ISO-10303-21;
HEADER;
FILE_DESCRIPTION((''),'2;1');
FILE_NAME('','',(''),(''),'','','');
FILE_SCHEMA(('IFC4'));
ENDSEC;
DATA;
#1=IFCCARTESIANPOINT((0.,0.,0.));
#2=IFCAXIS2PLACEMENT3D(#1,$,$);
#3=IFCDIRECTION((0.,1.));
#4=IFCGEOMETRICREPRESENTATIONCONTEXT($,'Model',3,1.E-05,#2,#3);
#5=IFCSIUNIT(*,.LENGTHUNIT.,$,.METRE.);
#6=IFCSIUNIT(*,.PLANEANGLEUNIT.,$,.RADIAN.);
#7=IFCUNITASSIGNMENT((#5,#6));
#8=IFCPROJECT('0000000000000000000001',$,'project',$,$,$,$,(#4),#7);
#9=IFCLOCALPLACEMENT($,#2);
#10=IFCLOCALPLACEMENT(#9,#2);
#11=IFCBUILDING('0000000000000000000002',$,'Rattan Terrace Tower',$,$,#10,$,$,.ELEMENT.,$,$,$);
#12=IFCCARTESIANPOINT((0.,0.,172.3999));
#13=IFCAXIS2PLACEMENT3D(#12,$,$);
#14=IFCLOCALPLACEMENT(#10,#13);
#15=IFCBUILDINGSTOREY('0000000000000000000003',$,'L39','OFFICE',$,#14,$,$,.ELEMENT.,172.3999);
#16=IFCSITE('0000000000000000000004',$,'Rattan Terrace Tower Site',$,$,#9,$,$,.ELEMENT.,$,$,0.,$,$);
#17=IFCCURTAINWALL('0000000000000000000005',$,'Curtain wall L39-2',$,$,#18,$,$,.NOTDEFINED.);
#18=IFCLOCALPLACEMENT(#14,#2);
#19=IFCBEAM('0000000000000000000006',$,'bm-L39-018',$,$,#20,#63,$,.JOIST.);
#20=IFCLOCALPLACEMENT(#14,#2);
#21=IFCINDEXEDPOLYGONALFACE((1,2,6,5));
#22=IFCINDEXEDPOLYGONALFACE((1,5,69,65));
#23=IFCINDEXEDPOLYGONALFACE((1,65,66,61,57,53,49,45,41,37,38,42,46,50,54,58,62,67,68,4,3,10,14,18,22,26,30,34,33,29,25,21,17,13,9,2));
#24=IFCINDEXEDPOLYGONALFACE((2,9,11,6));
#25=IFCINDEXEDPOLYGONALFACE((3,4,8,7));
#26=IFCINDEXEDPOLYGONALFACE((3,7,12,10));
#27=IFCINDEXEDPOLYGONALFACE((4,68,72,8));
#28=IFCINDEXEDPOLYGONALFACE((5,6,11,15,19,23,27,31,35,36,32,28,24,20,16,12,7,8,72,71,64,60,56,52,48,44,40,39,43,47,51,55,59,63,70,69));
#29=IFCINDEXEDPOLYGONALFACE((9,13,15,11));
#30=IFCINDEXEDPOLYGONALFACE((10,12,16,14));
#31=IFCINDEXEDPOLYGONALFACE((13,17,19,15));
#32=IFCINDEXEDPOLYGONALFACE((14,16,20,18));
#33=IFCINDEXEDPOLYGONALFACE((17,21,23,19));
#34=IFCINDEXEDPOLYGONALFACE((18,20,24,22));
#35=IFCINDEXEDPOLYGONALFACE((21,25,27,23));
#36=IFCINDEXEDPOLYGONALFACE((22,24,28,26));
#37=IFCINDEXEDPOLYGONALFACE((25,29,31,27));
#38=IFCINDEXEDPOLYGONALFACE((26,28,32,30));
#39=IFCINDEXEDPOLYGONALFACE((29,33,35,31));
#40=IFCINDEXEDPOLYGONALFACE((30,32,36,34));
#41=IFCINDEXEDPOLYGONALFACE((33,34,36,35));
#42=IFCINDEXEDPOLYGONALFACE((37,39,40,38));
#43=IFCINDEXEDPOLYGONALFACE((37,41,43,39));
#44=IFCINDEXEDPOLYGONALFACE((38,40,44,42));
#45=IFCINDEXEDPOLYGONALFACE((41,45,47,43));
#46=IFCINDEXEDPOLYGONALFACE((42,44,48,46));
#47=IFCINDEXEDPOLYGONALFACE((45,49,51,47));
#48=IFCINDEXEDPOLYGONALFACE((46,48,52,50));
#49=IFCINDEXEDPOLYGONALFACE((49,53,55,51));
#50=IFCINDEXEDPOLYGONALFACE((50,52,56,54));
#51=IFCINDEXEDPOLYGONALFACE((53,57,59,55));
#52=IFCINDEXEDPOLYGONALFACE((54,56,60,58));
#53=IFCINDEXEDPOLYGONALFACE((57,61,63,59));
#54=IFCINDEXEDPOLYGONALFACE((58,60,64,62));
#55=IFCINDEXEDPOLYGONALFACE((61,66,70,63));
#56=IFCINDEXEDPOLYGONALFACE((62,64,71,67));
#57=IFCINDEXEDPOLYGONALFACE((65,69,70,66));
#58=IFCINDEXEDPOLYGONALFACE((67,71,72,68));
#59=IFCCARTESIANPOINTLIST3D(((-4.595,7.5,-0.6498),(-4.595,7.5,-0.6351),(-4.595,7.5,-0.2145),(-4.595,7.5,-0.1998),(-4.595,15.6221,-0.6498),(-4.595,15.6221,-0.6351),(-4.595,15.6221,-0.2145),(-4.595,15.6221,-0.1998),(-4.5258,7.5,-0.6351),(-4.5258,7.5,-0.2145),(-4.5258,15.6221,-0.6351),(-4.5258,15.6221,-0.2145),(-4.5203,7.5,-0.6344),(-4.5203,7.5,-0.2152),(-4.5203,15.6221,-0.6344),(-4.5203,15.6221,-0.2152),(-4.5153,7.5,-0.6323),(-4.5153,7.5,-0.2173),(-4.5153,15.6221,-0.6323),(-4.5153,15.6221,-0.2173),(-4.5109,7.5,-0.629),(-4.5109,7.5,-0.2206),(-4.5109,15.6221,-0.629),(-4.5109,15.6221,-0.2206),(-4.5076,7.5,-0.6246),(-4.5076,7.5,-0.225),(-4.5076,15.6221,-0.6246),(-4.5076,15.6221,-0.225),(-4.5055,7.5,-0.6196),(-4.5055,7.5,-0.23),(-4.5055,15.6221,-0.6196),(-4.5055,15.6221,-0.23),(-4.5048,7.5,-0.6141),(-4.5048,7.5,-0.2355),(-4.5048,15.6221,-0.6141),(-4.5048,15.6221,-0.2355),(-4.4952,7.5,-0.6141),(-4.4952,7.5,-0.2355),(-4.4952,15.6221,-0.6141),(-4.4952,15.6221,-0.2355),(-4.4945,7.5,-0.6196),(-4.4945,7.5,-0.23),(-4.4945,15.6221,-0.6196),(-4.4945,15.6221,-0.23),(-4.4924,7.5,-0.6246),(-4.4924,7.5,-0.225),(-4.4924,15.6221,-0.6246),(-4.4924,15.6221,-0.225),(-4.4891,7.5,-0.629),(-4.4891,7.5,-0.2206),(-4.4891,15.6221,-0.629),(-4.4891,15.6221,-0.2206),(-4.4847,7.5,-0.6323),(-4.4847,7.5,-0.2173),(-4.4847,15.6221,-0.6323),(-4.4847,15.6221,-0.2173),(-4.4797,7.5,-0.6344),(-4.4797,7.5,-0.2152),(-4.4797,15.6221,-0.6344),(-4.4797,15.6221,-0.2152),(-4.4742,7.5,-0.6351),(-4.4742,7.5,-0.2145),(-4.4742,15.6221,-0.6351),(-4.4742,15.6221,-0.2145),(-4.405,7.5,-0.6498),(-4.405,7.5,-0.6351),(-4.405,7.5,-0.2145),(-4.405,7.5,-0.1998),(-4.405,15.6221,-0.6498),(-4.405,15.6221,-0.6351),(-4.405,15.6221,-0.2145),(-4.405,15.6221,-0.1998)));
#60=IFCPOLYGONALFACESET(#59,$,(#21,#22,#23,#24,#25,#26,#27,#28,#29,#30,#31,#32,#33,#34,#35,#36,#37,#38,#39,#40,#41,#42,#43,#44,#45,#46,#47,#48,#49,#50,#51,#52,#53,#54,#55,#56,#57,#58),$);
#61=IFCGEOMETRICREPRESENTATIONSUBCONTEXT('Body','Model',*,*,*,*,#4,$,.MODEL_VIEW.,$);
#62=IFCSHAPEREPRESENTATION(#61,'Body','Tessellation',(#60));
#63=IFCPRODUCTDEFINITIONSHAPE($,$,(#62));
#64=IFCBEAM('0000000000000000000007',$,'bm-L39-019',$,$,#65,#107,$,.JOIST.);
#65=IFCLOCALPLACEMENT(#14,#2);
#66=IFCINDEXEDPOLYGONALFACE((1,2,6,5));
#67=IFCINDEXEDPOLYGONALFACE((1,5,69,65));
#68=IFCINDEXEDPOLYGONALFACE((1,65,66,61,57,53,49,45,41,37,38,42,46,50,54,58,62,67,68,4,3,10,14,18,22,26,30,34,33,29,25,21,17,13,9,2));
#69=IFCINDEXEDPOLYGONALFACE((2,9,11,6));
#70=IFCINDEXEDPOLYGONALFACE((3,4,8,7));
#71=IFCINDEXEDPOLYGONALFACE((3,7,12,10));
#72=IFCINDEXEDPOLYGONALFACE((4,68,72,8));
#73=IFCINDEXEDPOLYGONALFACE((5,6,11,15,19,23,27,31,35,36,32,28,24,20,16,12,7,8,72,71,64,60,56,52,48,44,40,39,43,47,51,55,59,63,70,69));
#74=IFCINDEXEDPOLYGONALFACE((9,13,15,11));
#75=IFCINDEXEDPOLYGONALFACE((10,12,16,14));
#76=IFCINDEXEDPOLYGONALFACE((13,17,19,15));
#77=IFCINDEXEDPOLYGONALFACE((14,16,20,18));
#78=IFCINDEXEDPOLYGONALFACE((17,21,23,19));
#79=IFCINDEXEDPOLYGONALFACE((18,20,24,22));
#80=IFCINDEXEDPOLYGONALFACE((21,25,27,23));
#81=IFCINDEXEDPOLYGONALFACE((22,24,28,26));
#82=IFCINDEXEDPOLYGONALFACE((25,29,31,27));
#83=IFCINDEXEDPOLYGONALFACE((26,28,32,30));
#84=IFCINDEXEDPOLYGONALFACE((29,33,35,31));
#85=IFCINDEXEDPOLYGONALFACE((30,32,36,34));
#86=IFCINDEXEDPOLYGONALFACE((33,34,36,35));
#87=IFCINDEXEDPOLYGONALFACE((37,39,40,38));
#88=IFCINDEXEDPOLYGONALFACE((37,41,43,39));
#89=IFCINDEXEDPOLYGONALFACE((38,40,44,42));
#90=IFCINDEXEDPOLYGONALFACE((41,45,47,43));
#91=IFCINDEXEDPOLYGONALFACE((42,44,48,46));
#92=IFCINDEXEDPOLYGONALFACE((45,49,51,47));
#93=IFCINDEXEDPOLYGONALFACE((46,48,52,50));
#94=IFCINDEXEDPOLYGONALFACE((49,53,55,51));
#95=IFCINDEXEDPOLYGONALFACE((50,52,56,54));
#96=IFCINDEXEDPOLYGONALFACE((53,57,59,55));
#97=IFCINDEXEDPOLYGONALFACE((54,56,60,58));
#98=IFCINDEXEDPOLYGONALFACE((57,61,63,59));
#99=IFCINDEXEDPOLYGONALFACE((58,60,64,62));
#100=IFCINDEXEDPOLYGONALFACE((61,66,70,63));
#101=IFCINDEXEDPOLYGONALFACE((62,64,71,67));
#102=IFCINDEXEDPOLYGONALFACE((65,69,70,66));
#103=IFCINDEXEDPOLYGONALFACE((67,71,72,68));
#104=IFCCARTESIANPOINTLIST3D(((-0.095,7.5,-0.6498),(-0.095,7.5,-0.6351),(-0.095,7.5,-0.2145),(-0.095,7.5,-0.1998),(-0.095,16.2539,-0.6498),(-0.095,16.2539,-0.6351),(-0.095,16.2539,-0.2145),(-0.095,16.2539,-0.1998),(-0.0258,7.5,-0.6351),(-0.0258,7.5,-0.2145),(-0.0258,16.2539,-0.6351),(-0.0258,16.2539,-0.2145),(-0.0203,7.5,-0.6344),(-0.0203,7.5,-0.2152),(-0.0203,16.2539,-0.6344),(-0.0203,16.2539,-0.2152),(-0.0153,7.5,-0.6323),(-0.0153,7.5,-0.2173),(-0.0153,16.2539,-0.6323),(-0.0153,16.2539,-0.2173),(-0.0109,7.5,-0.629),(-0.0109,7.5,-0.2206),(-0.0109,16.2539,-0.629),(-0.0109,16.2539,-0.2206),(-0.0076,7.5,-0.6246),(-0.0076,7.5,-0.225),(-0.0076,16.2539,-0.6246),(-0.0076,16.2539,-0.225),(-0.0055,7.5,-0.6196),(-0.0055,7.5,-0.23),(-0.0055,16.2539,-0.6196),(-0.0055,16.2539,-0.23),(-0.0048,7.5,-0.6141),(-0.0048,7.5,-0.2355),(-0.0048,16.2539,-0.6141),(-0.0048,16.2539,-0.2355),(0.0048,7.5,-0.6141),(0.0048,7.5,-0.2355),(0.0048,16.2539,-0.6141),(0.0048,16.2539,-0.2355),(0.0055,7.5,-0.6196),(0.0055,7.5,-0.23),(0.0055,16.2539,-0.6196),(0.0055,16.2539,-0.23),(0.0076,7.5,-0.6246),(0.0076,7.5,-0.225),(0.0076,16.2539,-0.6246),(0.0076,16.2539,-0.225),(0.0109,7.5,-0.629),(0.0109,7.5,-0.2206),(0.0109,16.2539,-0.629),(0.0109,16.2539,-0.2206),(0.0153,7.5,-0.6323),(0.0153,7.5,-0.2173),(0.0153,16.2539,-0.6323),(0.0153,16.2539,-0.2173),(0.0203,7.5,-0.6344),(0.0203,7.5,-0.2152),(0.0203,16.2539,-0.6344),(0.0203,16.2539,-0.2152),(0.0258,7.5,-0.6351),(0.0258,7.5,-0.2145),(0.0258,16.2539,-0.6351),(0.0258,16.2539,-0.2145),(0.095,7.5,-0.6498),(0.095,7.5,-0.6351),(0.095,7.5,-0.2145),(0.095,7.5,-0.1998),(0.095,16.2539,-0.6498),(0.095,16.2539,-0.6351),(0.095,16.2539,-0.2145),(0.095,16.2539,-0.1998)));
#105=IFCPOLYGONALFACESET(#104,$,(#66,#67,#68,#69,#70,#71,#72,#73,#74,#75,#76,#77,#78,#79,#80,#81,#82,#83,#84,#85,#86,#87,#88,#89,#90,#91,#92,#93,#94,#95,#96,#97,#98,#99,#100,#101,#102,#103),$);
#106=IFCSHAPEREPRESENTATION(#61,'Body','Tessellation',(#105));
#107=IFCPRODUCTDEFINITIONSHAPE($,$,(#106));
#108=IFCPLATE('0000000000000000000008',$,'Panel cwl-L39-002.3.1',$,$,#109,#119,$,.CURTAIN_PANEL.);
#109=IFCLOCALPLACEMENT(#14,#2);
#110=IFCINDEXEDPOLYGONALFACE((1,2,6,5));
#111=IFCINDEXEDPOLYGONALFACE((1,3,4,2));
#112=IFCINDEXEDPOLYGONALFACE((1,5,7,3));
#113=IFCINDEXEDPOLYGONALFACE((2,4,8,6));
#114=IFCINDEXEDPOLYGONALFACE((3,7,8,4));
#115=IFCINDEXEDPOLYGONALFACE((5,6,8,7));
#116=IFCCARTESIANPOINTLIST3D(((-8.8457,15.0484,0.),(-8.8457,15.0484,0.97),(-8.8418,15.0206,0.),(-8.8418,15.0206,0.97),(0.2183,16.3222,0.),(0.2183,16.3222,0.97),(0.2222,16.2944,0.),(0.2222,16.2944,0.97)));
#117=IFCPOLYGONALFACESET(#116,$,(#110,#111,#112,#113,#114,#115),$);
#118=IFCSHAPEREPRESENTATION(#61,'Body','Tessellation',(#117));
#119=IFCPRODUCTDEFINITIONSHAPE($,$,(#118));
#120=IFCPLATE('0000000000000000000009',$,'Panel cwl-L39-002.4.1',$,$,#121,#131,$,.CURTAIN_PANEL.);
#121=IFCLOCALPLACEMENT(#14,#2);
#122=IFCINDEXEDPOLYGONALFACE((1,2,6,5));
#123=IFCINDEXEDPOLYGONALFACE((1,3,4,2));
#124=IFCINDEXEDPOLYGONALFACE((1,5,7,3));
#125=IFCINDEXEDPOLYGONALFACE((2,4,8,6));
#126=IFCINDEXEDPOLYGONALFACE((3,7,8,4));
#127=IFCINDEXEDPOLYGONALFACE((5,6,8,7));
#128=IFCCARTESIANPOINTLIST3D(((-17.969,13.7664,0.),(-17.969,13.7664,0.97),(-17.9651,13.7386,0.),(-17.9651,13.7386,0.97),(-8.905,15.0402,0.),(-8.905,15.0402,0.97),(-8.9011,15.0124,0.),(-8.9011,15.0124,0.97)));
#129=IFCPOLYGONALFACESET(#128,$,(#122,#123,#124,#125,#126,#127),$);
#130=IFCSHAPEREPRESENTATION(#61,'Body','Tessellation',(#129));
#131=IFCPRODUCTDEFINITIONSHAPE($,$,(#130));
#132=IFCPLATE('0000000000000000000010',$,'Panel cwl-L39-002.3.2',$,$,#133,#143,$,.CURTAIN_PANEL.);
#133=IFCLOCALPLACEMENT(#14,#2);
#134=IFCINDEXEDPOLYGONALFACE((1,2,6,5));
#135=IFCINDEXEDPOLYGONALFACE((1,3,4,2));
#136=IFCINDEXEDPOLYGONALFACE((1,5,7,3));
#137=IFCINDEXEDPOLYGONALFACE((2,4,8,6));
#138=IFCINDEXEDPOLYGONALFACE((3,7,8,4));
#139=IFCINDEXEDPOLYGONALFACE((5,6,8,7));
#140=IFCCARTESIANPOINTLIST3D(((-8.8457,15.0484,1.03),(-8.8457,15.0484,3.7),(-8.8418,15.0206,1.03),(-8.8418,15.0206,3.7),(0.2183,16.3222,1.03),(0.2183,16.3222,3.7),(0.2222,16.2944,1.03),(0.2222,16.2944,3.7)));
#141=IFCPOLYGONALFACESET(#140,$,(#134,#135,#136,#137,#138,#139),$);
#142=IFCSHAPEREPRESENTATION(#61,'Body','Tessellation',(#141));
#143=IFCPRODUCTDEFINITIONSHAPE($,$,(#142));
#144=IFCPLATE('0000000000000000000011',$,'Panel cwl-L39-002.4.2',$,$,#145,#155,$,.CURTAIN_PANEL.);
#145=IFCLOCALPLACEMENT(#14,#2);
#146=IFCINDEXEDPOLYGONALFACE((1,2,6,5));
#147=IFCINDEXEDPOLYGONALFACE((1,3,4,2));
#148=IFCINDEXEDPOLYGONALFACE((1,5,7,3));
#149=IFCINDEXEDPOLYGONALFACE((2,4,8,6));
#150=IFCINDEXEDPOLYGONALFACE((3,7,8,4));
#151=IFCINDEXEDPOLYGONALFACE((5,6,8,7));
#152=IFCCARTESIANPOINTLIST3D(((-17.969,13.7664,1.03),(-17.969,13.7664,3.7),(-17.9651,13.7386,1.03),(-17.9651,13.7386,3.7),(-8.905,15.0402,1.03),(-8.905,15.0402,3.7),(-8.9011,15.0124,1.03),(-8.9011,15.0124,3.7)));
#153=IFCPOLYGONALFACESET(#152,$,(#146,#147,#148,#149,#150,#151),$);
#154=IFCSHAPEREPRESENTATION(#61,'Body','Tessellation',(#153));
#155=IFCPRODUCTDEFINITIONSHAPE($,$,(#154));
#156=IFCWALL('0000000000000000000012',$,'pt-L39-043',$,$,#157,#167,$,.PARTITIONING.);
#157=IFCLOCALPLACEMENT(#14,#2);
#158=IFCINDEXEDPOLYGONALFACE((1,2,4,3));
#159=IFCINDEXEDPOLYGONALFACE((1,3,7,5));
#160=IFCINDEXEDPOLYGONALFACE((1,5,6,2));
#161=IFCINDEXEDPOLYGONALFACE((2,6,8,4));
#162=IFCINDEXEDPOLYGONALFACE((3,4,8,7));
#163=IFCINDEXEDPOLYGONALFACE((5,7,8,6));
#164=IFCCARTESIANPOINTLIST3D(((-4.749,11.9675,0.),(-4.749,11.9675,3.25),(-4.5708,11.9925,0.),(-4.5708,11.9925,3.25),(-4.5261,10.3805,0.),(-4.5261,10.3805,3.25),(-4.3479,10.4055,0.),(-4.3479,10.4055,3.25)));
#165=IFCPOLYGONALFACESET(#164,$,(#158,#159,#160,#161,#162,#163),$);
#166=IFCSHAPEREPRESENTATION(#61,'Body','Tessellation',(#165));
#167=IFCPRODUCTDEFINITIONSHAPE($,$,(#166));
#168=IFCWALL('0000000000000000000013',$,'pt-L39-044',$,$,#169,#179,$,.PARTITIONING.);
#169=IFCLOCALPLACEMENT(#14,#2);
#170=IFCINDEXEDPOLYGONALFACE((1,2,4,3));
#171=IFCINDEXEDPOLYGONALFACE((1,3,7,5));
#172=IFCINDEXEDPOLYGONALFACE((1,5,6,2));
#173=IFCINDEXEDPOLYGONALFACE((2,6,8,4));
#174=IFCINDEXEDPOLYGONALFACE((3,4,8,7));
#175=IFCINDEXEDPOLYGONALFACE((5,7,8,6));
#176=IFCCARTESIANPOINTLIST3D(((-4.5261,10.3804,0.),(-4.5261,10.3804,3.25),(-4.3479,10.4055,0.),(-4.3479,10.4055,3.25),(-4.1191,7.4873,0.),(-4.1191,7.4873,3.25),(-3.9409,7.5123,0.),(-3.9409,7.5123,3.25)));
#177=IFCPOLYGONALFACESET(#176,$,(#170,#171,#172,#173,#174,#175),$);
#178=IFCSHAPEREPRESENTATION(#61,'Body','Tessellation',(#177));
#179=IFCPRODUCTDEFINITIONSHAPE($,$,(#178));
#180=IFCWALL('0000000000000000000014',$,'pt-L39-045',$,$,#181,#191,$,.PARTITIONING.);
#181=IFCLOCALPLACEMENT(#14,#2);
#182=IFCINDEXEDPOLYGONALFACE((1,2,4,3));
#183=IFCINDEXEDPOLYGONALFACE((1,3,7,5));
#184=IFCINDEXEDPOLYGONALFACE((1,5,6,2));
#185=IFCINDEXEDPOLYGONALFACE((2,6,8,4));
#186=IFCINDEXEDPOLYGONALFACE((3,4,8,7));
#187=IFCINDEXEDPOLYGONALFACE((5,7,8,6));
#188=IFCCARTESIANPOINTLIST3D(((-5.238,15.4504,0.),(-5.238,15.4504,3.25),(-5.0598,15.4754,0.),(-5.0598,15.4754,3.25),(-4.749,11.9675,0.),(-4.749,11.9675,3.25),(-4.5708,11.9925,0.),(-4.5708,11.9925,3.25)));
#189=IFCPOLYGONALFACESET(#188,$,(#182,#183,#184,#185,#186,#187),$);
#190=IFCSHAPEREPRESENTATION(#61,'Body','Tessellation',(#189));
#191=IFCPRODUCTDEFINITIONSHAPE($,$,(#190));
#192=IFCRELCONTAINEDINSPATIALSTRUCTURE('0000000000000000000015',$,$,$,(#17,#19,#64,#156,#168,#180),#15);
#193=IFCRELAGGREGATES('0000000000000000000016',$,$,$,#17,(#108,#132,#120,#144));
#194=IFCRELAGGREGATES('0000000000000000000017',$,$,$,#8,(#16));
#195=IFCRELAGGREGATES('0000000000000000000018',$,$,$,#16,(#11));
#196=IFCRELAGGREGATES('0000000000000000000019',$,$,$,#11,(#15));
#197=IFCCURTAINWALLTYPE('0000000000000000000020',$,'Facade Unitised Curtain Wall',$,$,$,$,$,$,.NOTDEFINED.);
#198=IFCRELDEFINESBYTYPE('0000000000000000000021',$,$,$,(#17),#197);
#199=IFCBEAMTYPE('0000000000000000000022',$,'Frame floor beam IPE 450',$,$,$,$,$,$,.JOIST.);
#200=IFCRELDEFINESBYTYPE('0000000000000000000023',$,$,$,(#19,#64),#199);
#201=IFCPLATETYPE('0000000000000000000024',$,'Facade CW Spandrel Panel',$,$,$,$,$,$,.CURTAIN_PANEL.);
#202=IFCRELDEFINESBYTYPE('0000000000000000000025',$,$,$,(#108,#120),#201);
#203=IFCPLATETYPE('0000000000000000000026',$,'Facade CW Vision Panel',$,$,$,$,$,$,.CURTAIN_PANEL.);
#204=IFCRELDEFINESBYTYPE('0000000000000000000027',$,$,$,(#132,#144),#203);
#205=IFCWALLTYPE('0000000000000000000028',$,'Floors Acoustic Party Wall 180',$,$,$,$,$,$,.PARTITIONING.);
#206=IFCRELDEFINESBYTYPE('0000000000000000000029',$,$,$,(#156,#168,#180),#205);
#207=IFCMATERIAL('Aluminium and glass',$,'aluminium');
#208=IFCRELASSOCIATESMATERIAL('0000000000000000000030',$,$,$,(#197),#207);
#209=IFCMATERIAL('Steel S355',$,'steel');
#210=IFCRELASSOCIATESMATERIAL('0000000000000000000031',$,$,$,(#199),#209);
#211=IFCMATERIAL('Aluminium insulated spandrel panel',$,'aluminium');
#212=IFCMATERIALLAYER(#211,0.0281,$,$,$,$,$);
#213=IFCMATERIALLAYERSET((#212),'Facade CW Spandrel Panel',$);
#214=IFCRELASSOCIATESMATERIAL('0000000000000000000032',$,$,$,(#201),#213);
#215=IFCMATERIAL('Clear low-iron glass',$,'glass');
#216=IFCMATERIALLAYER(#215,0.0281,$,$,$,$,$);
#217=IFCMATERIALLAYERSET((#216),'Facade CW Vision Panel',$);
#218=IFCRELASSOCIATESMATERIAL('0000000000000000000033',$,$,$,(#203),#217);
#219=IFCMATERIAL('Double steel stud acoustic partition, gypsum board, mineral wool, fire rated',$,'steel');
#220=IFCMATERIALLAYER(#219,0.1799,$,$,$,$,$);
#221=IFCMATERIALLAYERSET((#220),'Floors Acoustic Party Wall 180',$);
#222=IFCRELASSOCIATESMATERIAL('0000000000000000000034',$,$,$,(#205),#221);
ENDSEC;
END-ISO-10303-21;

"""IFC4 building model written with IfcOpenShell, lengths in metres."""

from ifc_helpers import new_model, si_unit, direction, frame, frame_2d, origin, origin_2d, place, context, subcontext, project, spatial, rectangle, i_section, extrude, material, layer, layer_set, material_profile, profile_set, type_object, element, aggregate, save


model = new_model("IFC4")

# Units and contexts
model_context = context("Model", 3, precision=1e-05, world=origin(), true_north=direction((0.0, 1.0)))
body_context = subcontext(model_context, "Body", "Model", "MODEL_VIEW")
ifc_project = project(units=[si_unit("LENGTHUNIT", "METRE"), si_unit("PLANEANGLEUNIT", "RADIAN")], contexts=[model_context])

# Site, building, storey
site_placement = place(None, origin())
site = spatial("IfcSite", under=ifc_project, at=site_placement, Name="Rattan Terrace Tower Site", CompositionType="ELEMENT", RefElevation=0.0)
building_placement = place(site_placement, origin())
building = spatial("IfcBuilding", under=site, at=building_placement, Name="Rattan Terrace Tower", CompositionType="ELEMENT")
storey_placement = place(building_placement, frame((0.0, 0.0, 172.3999)))
storey = spatial("IfcBuildingStorey", under=building, at=storey_placement, Name="L39", Description="OFFICE", CompositionType="ELEMENT", Elevation=172.3999)

# Curtain wall
ifc_material_1 = material(Name="Aluminium and glass", Category="aluminium")
curtain_wall_type = type_object("IfcCurtainWallType", Name="Facade Unitised Curtain Wall", PredefinedType="NOTDEFINED", material=ifc_material_1)
curtain_wall_placement = place(storey_placement, origin())
curtain_wall = element("IfcCurtainWall", 1, at=curtain_wall_placement, inside=storey, type_object=curtain_wall_type, Name="Curtain wall L39-2", PredefinedType="NOTDEFINED")

# Beams
ifc_material_2 = material(Name="Steel S355", Category="steel")
ifc_material_profile_1 = material_profile(ifc_material_2, i_section(OverallWidth=0.1899, OverallDepth=0.45, WebThickness=0.0095, FlangeThickness=0.0146, FilletRadius=0.021, at=origin_2d()), Name="IPE 450")
ifc_profile_set_1 = profile_set([ifc_material_profile_1], Name="Steel S355")
beam_type_1 = type_object("IfcBeamType", Name="Frame floor beam IPE 450", PredefinedType="JOIST", material=ifc_profile_set_1)
beam_1_placement = place(storey_placement, frame((-4.5, 7.5, -0.4248), z_axis=(0.0, 1.0, 0.0), x_axis=(-1.0, 0.0, 0.0)))
element("IfcBeam", 2, at=beam_1_placement, inside=storey, type_object=beam_type_1, Name="bm-L39-018", PredefinedType="JOIST", context=body_context, shape_type="SweptSolid", body=[
    extrude(i_section(OverallWidth=0.1899, OverallDepth=0.45, WebThickness=0.0095, FlangeThickness=0.0146, FilletRadius=0.021, at=origin_2d()), origin(), (0.0, 0.0, 1.0), 8.1221),
])
beam_2_placement = place(storey_placement, frame((0.0, 7.5, -0.4248), z_axis=(0.0, 1.0, 0.0), x_axis=(-1.0, 0.0, 0.0)))
element("IfcBeam", 3, at=beam_2_placement, inside=storey, type_object=beam_type_1, Name="bm-L39-019", PredefinedType="JOIST", context=body_context, shape_type="SweptSolid", body=[
    extrude(i_section(OverallWidth=0.1899, OverallDepth=0.45, WebThickness=0.0095, FlangeThickness=0.0146, FilletRadius=0.021, at=origin_2d()), origin(), (0.0, 0.0, 1.0), 8.7539),
])

# Plates
ifc_material_3 = material(Name="Aluminium insulated spandrel panel", Category="aluminium")
ifc_layer_1 = layer(ifc_material_3, 0.0281)
ifc_layer_set_1 = layer_set([ifc_layer_1], Name="Facade CW Spandrel Panel")
plate_type_1 = type_object("IfcPlateType", Name="Facade CW Spandrel Panel", PredefinedType="CURTAIN_PANEL", material=ifc_layer_set_1)
plate_1_placement = place(storey_placement, frame((-4.3118, 15.6714, 0.0), z_axis=(0.0, 0.0, 1.0), x_axis=(-0.99027, -0.139161, 0.0)))
plate_1 = element("IfcPlate", 4, at=plate_1_placement, type_object=plate_type_1, Name="Panel cwl-L39-002.3.1", PredefinedType="CURTAIN_PANEL", context=body_context, shape_type="SweptSolid", body=[
    extrude(rectangle(XDim=9.1531, YDim=0.0281, at=origin_2d()), origin(), (0.0, 0.0, 1.0), 0.97),
])
plate_2_placement = place(storey_placement, frame((-13.4351, 14.3894, 0.0), z_axis=(0.0, 0.0, 1.0), x_axis=(-0.99027, -0.139161, 0.0)))
plate_2 = element("IfcPlate", 5, at=plate_2_placement, type_object=plate_type_1, Name="Panel cwl-L39-002.4.1", PredefinedType="CURTAIN_PANEL", context=body_context, shape_type="SweptSolid", body=[
    extrude(rectangle(XDim=9.1531, YDim=0.0281, at=origin_2d()), origin(), (0.0, 0.0, 1.0), 0.97),
])
ifc_material_4 = material(Name="Clear low-iron glass", Category="glass")
ifc_layer_2 = layer(ifc_material_4, 0.0281)
ifc_layer_set_2 = layer_set([ifc_layer_2], Name="Facade CW Vision Panel")
plate_type_2 = type_object("IfcPlateType", Name="Facade CW Vision Panel", PredefinedType="CURTAIN_PANEL", material=ifc_layer_set_2)
plate_3_placement = place(storey_placement, frame((-4.3118, 15.6714, 1.03), z_axis=(0.0, 0.0, 1.0), x_axis=(-0.99027, -0.139161, 0.0)))
plate_3 = element("IfcPlate", 6, at=plate_3_placement, type_object=plate_type_2, Name="Panel cwl-L39-002.3.2", PredefinedType="CURTAIN_PANEL", context=body_context, shape_type="SweptSolid", body=[
    extrude(rectangle(XDim=9.1531, YDim=0.0281, at=origin_2d()), origin(), (0.0, 0.0, 1.0), 2.6699),
])
plate_4_placement = place(storey_placement, frame((-13.4351, 14.3894, 1.03), z_axis=(0.0, 0.0, 1.0), x_axis=(-0.99027, -0.139161, 0.0)))
plate_4 = element("IfcPlate", 7, at=plate_4_placement, type_object=plate_type_2, Name="Panel cwl-L39-002.4.2", PredefinedType="CURTAIN_PANEL", context=body_context, shape_type="SweptSolid", body=[
    extrude(rectangle(XDim=9.1531, YDim=0.0281, at=origin_2d()), origin(), (0.0, 0.0, 1.0), 2.6699),
])
aggregate(curtain_wall, [plate_1, plate_3, plate_2, plate_4])

# Walls
ifc_material_5 = material(Name="Double steel stud acoustic partition, gypsum board, mineral wool, fire rated", Category="steel")
ifc_layer_3 = layer(ifc_material_5, 0.1799)
ifc_layer_set_3 = layer_set([ifc_layer_3], Name="Floors Acoustic Party Wall 180")
wall_type_1 = type_object("IfcWallType", Name="Floors Acoustic Party Wall 180", PredefinedType="PARTITIONING", material=ifc_layer_set_3)
wall_1_placement = place(storey_placement, frame((-4.6599, 11.98, 0.0), z_axis=(0.0, 0.0, 1.0), x_axis=(0.139096, -0.990279, 0.0)))
element("IfcWall", 8, at=wall_1_placement, inside=storey, type_object=wall_type_1, Name="pt-L39-043", PredefinedType="PARTITIONING", context=body_context, shape_type="SweptSolid", body=[
    extrude(rectangle(XDim=1.6025, YDim=0.1799, at=frame_2d((0.8013, 0.0))), origin(), (0.0, 0.0, 1.0), 3.25),
])
wall_2_placement = place(storey_placement, frame((-4.437, 10.3931, 0.0), z_axis=(0.0, 0.0, 1.0), x_axis=(0.139303, -0.99025, 0.0)))
element("IfcWall", 9, at=wall_2_placement, inside=storey, type_object=wall_type_1, Name="pt-L39-044", PredefinedType="PARTITIONING", context=body_context, shape_type="SweptSolid", body=[
    extrude(rectangle(XDim=2.9216, YDim=0.1799, at=frame_2d((1.4609, 0.0))), origin(), (0.0, 0.0, 1.0), 3.25),
])
wall_3_placement = place(storey_placement, frame((-5.1489, 15.4629, 0.0), z_axis=(0.0, 0.0, 1.0), x_axis=(0.13904, -0.990287, 0.0)))
element("IfcWall", 10, at=wall_3_placement, inside=storey, type_object=wall_type_1, Name="pt-L39-045", PredefinedType="PARTITIONING", context=body_context, shape_type="SweptSolid", body=[
    extrude(rectangle(XDim=3.5171, YDim=0.1799, at=frame_2d((1.7585, 0.0))), origin(), (0.0, 0.0, 1.0), 3.25),
])

save(model, "model.ifc")
